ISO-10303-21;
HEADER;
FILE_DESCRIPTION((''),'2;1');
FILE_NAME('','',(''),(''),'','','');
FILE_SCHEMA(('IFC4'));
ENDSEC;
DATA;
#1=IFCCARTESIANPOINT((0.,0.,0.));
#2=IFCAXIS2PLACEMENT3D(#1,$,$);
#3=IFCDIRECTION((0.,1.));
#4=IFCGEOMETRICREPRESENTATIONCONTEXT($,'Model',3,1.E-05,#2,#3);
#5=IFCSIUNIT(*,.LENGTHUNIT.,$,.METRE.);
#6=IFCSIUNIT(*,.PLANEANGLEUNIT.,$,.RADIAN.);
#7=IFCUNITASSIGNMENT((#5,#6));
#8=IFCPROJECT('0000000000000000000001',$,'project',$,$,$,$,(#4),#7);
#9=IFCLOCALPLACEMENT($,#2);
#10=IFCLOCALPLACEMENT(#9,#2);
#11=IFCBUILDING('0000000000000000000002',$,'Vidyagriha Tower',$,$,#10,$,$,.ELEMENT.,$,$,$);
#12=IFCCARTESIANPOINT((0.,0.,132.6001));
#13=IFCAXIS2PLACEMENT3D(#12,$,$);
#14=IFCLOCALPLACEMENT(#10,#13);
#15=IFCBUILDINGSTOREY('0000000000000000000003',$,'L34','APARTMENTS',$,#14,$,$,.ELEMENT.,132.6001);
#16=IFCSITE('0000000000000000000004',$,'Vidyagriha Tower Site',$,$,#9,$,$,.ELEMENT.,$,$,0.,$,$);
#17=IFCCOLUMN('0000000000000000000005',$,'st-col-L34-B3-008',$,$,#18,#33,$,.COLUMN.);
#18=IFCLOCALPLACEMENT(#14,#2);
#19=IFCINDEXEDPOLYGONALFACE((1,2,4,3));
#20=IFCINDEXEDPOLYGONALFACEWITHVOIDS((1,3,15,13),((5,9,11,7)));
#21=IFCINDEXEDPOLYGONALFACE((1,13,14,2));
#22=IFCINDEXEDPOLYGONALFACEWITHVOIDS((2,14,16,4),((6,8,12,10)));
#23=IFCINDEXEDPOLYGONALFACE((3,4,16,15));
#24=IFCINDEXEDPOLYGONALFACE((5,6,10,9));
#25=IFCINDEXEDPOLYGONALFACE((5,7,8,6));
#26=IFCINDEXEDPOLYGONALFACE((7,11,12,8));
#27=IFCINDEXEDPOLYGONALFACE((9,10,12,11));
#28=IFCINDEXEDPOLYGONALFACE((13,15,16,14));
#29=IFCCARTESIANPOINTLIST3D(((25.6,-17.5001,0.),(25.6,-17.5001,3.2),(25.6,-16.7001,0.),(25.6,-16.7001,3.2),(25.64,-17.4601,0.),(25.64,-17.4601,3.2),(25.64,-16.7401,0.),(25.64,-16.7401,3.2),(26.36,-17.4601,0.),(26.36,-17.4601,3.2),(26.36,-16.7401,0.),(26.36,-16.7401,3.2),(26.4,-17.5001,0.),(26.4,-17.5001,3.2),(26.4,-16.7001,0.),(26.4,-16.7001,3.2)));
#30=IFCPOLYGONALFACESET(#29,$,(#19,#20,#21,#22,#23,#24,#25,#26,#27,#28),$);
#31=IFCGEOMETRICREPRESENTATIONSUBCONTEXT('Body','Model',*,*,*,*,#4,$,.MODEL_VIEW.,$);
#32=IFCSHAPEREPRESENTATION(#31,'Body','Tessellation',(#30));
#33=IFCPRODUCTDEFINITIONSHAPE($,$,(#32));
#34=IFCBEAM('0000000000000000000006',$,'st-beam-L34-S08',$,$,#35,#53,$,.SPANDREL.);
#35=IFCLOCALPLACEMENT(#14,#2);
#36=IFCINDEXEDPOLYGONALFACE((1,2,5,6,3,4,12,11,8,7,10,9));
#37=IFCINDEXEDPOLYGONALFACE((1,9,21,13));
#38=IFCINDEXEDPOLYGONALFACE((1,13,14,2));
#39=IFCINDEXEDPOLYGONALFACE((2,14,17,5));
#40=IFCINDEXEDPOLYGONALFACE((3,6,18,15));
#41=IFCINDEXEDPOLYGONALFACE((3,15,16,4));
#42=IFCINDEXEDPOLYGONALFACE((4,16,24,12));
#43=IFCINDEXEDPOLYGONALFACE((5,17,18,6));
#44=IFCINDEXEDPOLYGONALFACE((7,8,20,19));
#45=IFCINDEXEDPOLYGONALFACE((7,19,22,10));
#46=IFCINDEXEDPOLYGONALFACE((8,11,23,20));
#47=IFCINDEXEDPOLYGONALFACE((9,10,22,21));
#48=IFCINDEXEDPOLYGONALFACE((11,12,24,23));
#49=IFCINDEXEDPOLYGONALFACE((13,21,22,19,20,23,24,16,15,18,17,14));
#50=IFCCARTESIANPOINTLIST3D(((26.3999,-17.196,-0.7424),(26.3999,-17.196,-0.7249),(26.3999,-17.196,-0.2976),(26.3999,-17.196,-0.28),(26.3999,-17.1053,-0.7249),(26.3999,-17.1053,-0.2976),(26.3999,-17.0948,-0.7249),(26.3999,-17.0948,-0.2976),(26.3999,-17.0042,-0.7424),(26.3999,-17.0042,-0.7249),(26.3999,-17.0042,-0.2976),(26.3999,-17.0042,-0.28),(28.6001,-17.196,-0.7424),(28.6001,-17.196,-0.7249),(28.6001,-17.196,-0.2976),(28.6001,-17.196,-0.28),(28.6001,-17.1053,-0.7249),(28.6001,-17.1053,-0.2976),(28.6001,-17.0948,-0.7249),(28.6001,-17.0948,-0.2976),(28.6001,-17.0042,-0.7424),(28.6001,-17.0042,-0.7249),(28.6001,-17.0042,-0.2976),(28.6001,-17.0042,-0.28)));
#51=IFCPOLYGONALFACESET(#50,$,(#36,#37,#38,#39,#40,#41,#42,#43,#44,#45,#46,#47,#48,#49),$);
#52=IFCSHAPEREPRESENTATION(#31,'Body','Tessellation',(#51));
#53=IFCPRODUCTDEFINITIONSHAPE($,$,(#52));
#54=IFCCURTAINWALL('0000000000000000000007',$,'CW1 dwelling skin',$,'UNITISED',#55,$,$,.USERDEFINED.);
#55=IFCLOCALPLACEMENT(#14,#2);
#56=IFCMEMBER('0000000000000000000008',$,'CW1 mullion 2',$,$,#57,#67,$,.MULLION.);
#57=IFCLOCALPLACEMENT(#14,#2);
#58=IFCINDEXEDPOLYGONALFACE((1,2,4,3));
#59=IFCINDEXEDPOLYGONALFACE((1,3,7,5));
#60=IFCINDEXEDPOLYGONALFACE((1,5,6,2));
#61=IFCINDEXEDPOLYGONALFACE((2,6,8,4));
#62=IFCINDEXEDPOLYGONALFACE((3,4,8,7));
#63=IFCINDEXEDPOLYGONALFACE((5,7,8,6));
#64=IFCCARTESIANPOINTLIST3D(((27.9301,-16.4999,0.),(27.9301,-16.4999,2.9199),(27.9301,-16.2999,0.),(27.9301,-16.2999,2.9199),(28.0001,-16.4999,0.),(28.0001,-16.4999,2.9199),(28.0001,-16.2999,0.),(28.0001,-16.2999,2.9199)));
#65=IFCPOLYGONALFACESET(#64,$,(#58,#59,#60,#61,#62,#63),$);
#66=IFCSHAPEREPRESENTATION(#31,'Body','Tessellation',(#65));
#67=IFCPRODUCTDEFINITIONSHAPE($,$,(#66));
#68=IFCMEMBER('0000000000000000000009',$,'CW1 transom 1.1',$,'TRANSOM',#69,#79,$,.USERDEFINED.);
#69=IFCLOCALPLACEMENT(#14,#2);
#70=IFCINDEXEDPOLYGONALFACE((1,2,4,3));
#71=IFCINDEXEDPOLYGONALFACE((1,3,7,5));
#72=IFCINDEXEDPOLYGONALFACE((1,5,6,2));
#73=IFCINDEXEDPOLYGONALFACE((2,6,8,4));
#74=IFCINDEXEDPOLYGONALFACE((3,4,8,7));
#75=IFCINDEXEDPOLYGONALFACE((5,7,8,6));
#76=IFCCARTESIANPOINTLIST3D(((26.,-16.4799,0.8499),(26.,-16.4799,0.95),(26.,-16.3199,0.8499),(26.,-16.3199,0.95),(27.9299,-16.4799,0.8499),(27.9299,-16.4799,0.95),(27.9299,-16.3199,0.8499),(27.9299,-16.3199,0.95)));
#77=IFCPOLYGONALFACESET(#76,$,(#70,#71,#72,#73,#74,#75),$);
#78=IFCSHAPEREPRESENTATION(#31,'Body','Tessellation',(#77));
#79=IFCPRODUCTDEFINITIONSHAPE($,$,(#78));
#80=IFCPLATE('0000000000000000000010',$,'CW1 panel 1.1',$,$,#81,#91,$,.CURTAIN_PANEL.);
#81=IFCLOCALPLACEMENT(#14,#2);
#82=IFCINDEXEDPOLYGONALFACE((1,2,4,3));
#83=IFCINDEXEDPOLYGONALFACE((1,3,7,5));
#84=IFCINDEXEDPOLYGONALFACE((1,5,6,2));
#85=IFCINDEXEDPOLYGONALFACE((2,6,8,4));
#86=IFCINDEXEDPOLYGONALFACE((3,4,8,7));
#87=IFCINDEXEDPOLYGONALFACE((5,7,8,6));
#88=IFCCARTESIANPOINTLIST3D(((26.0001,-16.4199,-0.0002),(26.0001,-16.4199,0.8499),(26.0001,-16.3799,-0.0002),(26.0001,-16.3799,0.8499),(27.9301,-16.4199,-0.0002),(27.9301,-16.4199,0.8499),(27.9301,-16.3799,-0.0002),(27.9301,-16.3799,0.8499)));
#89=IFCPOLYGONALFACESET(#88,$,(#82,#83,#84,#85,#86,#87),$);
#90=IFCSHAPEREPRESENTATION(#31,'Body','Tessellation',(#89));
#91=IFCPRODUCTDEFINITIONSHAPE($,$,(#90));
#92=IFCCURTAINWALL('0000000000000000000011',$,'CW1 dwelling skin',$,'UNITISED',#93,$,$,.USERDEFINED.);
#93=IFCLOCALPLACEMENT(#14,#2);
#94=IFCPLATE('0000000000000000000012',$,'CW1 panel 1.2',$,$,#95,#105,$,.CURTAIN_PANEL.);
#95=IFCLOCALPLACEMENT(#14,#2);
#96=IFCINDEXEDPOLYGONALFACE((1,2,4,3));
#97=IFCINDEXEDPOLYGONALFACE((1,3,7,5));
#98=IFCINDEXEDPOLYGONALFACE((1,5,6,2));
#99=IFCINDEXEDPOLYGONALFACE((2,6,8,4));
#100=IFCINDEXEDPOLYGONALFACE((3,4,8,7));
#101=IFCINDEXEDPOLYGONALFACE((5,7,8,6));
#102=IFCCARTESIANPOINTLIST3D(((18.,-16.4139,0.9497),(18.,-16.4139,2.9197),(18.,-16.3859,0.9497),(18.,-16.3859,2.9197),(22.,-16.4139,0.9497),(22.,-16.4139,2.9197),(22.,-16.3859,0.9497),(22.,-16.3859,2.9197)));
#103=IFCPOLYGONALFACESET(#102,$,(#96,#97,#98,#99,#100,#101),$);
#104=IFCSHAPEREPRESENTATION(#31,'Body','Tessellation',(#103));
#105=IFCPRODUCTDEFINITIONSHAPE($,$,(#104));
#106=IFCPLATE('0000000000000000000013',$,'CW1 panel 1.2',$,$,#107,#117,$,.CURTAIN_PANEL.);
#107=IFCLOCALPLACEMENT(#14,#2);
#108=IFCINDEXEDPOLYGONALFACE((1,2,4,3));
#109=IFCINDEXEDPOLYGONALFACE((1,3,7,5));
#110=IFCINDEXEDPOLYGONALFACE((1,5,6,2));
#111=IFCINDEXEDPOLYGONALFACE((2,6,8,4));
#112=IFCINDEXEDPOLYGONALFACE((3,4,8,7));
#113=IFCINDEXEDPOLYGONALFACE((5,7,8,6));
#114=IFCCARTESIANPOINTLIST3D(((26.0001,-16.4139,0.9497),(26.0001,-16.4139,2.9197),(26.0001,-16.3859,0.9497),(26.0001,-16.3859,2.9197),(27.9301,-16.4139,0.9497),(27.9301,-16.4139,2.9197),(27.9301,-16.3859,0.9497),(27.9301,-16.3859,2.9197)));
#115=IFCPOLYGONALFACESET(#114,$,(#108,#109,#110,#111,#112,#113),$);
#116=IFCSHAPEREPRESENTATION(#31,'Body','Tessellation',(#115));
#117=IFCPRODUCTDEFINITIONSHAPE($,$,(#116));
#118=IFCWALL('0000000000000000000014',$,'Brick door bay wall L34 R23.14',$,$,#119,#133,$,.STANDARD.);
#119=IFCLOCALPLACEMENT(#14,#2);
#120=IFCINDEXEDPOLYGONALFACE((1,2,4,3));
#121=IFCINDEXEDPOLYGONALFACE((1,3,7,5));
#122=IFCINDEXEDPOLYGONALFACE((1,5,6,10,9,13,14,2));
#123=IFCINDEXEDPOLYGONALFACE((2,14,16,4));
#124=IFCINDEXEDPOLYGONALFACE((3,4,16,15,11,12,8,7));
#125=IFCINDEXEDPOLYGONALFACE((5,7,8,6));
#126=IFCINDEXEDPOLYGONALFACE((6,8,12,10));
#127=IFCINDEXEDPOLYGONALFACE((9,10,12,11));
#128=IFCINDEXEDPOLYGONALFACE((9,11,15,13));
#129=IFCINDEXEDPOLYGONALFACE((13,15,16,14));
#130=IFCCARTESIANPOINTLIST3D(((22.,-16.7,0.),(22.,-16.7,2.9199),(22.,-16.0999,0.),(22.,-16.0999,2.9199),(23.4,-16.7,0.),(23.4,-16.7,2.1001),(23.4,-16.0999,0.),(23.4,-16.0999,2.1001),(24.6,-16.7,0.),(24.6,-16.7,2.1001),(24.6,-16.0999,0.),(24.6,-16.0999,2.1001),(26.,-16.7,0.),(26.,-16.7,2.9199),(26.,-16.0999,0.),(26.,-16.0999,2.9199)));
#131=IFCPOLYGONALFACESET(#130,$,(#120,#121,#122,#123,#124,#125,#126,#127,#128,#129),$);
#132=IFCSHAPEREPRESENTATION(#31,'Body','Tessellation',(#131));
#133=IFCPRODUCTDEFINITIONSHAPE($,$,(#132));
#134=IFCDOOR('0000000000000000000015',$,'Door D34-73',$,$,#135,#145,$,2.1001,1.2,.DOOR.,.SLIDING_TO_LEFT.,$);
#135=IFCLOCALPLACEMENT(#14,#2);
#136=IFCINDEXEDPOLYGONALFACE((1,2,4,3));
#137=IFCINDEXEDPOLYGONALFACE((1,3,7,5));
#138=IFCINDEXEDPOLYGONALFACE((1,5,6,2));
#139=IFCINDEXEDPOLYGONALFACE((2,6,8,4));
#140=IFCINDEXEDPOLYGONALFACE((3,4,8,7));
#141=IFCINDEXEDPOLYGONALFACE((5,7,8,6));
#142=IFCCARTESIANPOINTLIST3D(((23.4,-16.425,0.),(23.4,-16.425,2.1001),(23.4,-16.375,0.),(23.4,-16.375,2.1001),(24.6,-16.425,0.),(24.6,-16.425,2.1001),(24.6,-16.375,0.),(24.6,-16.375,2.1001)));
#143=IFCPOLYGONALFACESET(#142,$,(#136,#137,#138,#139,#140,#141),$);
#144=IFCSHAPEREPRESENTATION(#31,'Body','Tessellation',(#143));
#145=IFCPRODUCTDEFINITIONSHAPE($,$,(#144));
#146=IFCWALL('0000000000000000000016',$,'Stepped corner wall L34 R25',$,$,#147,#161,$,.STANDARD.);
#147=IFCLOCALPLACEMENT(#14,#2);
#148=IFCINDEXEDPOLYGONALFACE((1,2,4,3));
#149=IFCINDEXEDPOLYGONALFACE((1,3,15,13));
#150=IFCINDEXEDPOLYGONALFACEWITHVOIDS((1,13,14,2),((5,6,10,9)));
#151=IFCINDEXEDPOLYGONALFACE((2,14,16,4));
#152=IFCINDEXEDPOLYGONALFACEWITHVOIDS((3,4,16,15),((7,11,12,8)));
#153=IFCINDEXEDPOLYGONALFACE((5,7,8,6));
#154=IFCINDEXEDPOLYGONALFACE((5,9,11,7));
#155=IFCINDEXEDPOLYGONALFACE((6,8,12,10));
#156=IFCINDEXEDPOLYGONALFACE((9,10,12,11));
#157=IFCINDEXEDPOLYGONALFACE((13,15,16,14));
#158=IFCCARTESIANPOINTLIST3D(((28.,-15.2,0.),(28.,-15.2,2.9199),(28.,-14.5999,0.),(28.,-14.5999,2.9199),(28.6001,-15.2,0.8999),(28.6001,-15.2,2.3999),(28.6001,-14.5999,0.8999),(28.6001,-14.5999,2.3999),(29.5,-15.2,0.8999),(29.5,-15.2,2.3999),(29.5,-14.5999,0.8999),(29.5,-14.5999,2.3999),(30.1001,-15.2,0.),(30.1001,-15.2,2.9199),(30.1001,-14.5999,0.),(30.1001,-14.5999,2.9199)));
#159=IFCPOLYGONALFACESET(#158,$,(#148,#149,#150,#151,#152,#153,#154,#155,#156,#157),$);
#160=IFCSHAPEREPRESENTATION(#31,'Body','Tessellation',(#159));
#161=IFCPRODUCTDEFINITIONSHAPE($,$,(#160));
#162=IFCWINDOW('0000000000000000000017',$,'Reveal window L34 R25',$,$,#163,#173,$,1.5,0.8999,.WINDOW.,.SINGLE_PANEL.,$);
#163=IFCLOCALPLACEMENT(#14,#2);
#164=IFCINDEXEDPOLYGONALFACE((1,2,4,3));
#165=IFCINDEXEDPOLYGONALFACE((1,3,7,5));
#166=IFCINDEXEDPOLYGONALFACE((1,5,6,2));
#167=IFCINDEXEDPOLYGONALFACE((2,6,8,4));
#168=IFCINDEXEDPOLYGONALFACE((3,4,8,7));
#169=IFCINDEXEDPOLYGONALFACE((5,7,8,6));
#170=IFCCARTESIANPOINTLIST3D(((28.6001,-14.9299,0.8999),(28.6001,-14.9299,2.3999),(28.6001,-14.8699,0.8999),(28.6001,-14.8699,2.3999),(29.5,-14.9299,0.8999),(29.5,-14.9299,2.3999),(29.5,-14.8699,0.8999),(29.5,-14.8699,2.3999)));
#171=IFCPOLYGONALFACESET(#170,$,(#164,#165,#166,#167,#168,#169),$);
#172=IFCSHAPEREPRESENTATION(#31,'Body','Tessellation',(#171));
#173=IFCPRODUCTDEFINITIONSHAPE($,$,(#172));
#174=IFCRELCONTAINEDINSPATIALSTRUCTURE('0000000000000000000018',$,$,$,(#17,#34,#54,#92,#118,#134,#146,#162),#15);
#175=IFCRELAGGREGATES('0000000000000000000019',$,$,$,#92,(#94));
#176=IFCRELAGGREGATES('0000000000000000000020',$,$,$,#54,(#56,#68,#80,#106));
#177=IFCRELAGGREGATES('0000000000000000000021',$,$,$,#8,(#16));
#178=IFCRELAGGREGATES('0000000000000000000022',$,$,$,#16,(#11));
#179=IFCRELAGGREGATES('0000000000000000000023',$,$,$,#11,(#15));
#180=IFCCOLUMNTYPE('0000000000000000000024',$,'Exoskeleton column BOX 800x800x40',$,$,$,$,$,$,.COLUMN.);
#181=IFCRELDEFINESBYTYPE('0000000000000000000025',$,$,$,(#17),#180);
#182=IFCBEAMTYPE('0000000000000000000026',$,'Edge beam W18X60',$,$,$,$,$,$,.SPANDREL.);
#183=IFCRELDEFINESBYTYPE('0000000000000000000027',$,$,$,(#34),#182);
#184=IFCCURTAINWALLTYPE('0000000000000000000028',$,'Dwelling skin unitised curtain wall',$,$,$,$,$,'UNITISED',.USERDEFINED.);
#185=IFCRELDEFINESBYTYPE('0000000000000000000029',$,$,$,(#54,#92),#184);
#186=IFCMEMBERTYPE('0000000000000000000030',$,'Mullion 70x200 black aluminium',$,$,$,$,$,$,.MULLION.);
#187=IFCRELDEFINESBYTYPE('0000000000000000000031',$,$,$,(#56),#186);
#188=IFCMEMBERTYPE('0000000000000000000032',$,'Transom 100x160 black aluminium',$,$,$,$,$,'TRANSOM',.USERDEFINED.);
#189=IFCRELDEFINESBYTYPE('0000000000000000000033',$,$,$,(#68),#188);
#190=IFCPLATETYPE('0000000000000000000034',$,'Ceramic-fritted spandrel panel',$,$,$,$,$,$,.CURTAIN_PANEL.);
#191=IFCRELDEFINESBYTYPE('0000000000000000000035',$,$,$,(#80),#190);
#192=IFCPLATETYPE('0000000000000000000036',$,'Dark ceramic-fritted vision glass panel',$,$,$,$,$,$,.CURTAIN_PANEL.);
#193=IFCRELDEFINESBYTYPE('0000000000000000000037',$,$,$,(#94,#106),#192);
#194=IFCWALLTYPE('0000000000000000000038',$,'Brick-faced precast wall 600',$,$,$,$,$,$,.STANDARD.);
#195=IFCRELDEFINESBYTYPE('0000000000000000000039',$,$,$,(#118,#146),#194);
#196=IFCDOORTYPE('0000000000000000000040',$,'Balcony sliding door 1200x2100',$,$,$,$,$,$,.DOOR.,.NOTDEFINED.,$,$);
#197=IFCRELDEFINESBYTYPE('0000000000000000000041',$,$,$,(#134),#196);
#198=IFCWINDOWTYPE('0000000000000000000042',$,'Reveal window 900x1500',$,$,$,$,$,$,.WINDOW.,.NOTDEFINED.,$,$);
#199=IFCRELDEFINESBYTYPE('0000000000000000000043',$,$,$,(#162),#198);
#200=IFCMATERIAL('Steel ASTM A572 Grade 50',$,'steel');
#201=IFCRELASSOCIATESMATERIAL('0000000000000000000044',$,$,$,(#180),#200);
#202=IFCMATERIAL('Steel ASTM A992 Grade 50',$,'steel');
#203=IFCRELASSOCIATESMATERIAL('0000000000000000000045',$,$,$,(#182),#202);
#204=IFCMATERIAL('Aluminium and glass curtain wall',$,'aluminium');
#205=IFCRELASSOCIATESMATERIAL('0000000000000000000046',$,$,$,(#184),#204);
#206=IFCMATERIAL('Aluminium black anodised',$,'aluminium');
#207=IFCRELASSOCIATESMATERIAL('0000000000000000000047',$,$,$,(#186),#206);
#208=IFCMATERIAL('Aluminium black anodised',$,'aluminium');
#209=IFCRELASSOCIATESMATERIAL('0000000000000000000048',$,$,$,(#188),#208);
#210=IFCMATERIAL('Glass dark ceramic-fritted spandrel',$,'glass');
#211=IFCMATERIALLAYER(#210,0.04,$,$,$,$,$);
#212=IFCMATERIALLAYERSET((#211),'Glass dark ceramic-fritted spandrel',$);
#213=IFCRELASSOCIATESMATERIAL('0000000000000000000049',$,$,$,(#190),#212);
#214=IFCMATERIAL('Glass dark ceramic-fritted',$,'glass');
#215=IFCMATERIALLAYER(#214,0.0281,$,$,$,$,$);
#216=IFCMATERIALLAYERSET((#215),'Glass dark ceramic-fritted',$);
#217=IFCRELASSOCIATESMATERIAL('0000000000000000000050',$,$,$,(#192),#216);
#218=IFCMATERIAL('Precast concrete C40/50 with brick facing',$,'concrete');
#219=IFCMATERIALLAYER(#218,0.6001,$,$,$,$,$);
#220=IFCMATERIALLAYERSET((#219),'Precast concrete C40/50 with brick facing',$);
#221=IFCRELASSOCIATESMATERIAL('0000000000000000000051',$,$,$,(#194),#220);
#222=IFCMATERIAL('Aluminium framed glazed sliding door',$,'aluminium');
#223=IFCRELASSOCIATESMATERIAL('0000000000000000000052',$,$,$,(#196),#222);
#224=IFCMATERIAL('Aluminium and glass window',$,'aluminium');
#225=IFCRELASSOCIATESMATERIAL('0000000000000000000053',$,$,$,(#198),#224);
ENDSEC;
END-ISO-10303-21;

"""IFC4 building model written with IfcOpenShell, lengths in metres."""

from ifc_helpers import new_model, si_unit, direction, frame, frame_2d, origin, origin_2d, place, context, subcontext, project, spatial, rectangle, hollow_rectangle, i_section, extrude, material, layer, layer_set, material_profile, profile_set, type_object, element, fill, aggregate, save


model = new_model("IFC4")

# Units and contexts
model_context = context("Model", 3, precision=1e-05, world=origin(), true_north=direction((0.0, 1.0)))
body_context = subcontext(model_context, "Body", "Model", "MODEL_VIEW")
ifc_project = project(units=[si_unit("LENGTHUNIT", "METRE"), si_unit("PLANEANGLEUNIT", "RADIAN")], contexts=[model_context])

# Site, building, storey
site_placement = place(None, origin())
site = spatial("IfcSite", under=ifc_project, at=site_placement, Name="Vidyagriha Tower Site", CompositionType="ELEMENT", RefElevation=0.0)
building_placement = place(site_placement, origin())
building = spatial("IfcBuilding", under=site, at=building_placement, Name="Vidyagriha Tower", CompositionType="ELEMENT")
storey_placement = place(building_placement, frame((0.0, 0.0, 132.6001)))
storey = spatial("IfcBuildingStorey", under=building, at=storey_placement, Name="L34", Description="APARTMENTS", CompositionType="ELEMENT", Elevation=132.6001)

# Column
ifc_material_1 = material(Name="Steel ASTM A572 Grade 50", Category="steel")
ifc_material_profile_1 = material_profile(ifc_material_1, hollow_rectangle(XDim=0.8, YDim=0.8, WallThickness=0.04, at=origin_2d()), Name="BOX 800x800x40")
ifc_profile_set_1 = profile_set([ifc_material_profile_1], Name="Steel ASTM A572 Grade 50")
column_type = type_object("IfcColumnType", Name="Exoskeleton column BOX 800x800x40", PredefinedType="COLUMN", material=ifc_profile_set_1)
column_placement = place(storey_placement, frame((26.0, -17.1001, 0.0)))
element("IfcColumn", 1, at=column_placement, inside=storey, type_object=column_type, Name="st-col-L34-B3-008", PredefinedType="COLUMN", context=body_context, shape_type="SweptSolid", body=[
    extrude(hollow_rectangle(XDim=0.8, YDim=0.8, WallThickness=0.04, at=origin_2d()), origin(), (0.0, 0.0, 1.0), 3.2),
])

# Beam
ifc_material_2 = material(Name="Steel ASTM A992 Grade 50", Category="steel")
ifc_material_profile_2 = material_profile(ifc_material_2, i_section(OverallWidth=0.1919, OverallDepth=0.4624, WebThickness=0.0105, FlangeThickness=0.0176, at=origin_2d()), Name="W18X60")
ifc_profile_set_2 = profile_set([ifc_material_profile_2], Name="Steel ASTM A992 Grade 50")
beam_type = type_object("IfcBeamType", Name="Edge beam W18X60", PredefinedType="SPANDREL", material=ifc_profile_set_2)
beam_placement = place(storey_placement, frame((26.3999, -17.1001, -0.5112), z_axis=(1.0, 0.0, 0.0), x_axis=(0.0, 1.0, 0.0)))
element("IfcBeam", 2, at=beam_placement, inside=storey, type_object=beam_type, Name="st-beam-L34-S08", PredefinedType="SPANDREL", context=body_context, shape_type="SweptSolid", body=[
    extrude(i_section(OverallWidth=0.1919, OverallDepth=0.4624, WebThickness=0.0105, FlangeThickness=0.0176, at=origin_2d()), origin(), (0.0, 0.0, 1.0), 2.2002),
])

# Curtain wall, members, plate
ifc_material_3 = material(Name="Aluminium and glass curtain wall", Category="aluminium")
curtain_wall_type = type_object("IfcCurtainWallType", Name="Dwelling skin unitised curtain wall", ElementType="UNITISED", PredefinedType="USERDEFINED", material=ifc_material_3)
curtain_wall_1_placement = place(storey_placement, origin())
curtain_wall_1 = element("IfcCurtainWall", 3, at=curtain_wall_1_placement, inside=storey, type_object=curtain_wall_type, Name="CW1 dwelling skin", ObjectType="UNITISED", PredefinedType="USERDEFINED")
ifc_material_4 = material(Name="Aluminium black anodised", Category="aluminium")
ifc_material_profile_3 = material_profile(ifc_material_4, rectangle(XDim=0.2, YDim=0.0701, at=origin_2d()), Name="Mullion 70x200 black aluminium")
ifc_profile_set_3 = profile_set([ifc_material_profile_3], Name="Aluminium black anodised")
member_type_1 = type_object("IfcMemberType", Name="Mullion 70x200 black aluminium", PredefinedType="MULLION", material=ifc_profile_set_3)
member_1_placement = place(storey_placement, frame((27.9651, -16.3999, 0.0), z_axis=(0.0, 0.0, 1.0), x_axis=(0.0, 1.0, 0.0)))
member_1 = element("IfcMember", 4, at=member_1_placement, type_object=member_type_1, Name="CW1 mullion 2", PredefinedType="MULLION", context=body_context, shape_type="SweptSolid", body=[
    extrude(rectangle(XDim=0.2, YDim=0.0701, at=origin_2d()), origin(), (0.0, 0.0, 1.0), 2.9199),
])
ifc_material_5 = material(Name="Aluminium black anodised", Category="aluminium")
ifc_material_profile_4 = material_profile(ifc_material_5, rectangle(XDim=0.1599, YDim=0.1001, at=origin_2d()), Name="Transom 100x160 black aluminium")
ifc_profile_set_4 = profile_set([ifc_material_profile_4], Name="Aluminium black anodised")
member_type_2 = type_object("IfcMemberType", Name="Transom 100x160 black aluminium", ElementType="TRANSOM", PredefinedType="USERDEFINED", material=ifc_profile_set_4)
member_2_placement = place(storey_placement, frame((26.0, -16.3999, 0.8999), z_axis=(1.0, 0.0, 0.0), x_axis=(0.0, 1.0, 0.0)))
member_2 = element("IfcMember", 5, at=member_2_placement, type_object=member_type_2, Name="CW1 transom 1.1", ObjectType="TRANSOM", PredefinedType="USERDEFINED", context=body_context, shape_type="SweptSolid", body=[
    extrude(rectangle(XDim=0.1599, YDim=0.1001, at=origin_2d()), origin(), (0.0, 0.0, 1.0), 1.9299),
])
ifc_material_6 = material(Name="Glass dark ceramic-fritted spandrel", Category="glass")
ifc_layer_1 = layer(ifc_material_6, 0.04)
ifc_layer_set_1 = layer_set([ifc_layer_1], Name="Glass dark ceramic-fritted spandrel")
plate_type_1 = type_object("IfcPlateType", Name="Ceramic-fritted spandrel panel", PredefinedType="CURTAIN_PANEL", material=ifc_layer_set_1)
plate_1_placement = place(storey_placement, frame((26.9651, -16.3999, -0.0002)))
plate_1 = element("IfcPlate", 6, at=plate_1_placement, type_object=plate_type_1, Name="CW1 panel 1.1", PredefinedType="CURTAIN_PANEL", context=body_context, shape_type="SweptSolid", body=[
    extrude(rectangle(XDim=1.9299, YDim=0.04, at=origin_2d()), origin(), (0.0, 0.0, 1.0), 0.8501),
])

# Curtain wall, plate
curtain_wall_2_placement = place(storey_placement, origin())
curtain_wall_2 = element("IfcCurtainWall", 7, at=curtain_wall_2_placement, inside=storey, type_object=curtain_wall_type, Name="CW1 dwelling skin", ObjectType="UNITISED", PredefinedType="USERDEFINED")
ifc_material_7 = material(Name="Glass dark ceramic-fritted", Category="glass")
ifc_layer_2 = layer(ifc_material_7, 0.0281)
ifc_layer_set_2 = layer_set([ifc_layer_2], Name="Glass dark ceramic-fritted")
plate_type_2 = type_object("IfcPlateType", Name="Dark ceramic-fritted vision glass panel", PredefinedType="CURTAIN_PANEL", material=ifc_layer_set_2)
plate_2_placement = place(storey_placement, frame((20.0, -16.3999, 0.9497)))
plate_2 = element("IfcPlate", 8, at=plate_2_placement, type_object=plate_type_2, Name="CW1 panel 1.2", PredefinedType="CURTAIN_PANEL", context=body_context, shape_type="SweptSolid", body=[
    extrude(rectangle(XDim=4.0, YDim=0.0281, at=origin_2d()), origin(), (0.0, 0.0, 1.0), 1.97),
])
aggregate(curtain_wall_2, [plate_2])

# Plate
plate_3_placement = place(storey_placement, frame((26.9651, -16.3999, 0.9497)))
plate_3 = element("IfcPlate", 9, at=plate_3_placement, type_object=plate_type_2, Name="CW1 panel 1.2", PredefinedType="CURTAIN_PANEL", context=body_context, shape_type="SweptSolid", body=[
    extrude(rectangle(XDim=1.9299, YDim=0.0281, at=origin_2d()), origin(), (0.0, 0.0, 1.0), 1.97),
])
aggregate(curtain_wall_1, [member_1, member_2, plate_1, plate_3])

# Wall, opening, door
ifc_material_8 = material(Name="Precast concrete C40/50 with brick facing", Category="concrete")
ifc_layer_3 = layer(ifc_material_8, 0.6001)
ifc_layer_set_3 = layer_set([ifc_layer_3], Name="Precast concrete C40/50 with brick facing")
wall_type_1 = type_object("IfcWallType", Name="Brick-faced precast wall 600", PredefinedType="STANDARD", material=ifc_layer_set_3)
wall_1_placement = place(storey_placement, frame((22.0, -16.3999, 0.0)))
wall_1 = element("IfcWall", 10, at=wall_1_placement, inside=storey, type_object=wall_type_1, Name="Brick door bay wall L34 R23.14", PredefinedType="STANDARD", context=body_context, shape_type="SweptSolid", body=[
    extrude(rectangle(XDim=4.0, YDim=0.6001, at=frame_2d((2.0, 0.0))), origin(), (0.0, 0.0, 1.0), 2.9199),
])
opening_1_placement = place(wall_1_placement, frame((1.3999, 0.0, 0.0)))
opening_1 = element("IfcOpeningElement", 11, at=opening_1_placement, cuts=wall_1, PredefinedType="OPENING", context=body_context, shape_type="SweptSolid", body=[
    extrude(rectangle(XDim=1.2, YDim=2.1001, at=frame_2d((0.6001, 1.05))), frame((0.0, 0.3101, 0.0), z_axis=(0.0, -1.0, 0.0), x_axis=(1.0, 0.0, 0.0)), (0.0, 0.0, 1.0), 0.6201),
])
ifc_material_9 = material(Name="Aluminium framed glazed sliding door", Category="aluminium")
door_type = type_object("IfcDoorType", Name="Balcony sliding door 1200x2100", OperationType="NOTDEFINED", PredefinedType="DOOR", material=ifc_material_9)
door_placement = place(opening_1_placement, origin())
door = element("IfcDoor", 12, at=door_placement, inside=storey, type_object=door_type, Name="Door D34-73", OperationType="SLIDING_TO_LEFT", OverallHeight=2.1001, OverallWidth=1.2, PredefinedType="DOOR", context=body_context, shape_type="SweptSolid", body=[
    extrude(rectangle(XDim=1.2, YDim=2.1001, at=frame_2d((0.6001, 1.05))), frame((0.0, 0.0249, 0.0), z_axis=(0.0, -1.0, 0.0), x_axis=(1.0, 0.0, 0.0)), (0.0, 0.0, 1.0), 0.05),
])
fill(opening_1, door)

# Wall, opening, window
wall_2_placement = place(storey_placement, frame((28.0, -14.8999, 0.0)))
wall_2 = element("IfcWall", 13, at=wall_2_placement, inside=storey, type_object=wall_type_1, Name="Stepped corner wall L34 R25", PredefinedType="STANDARD", context=body_context, shape_type="SweptSolid", body=[
    extrude(rectangle(XDim=2.1001, YDim=0.6001, at=frame_2d((1.05, 0.0))), origin(), (0.0, 0.0, 1.0), 2.9199),
])
opening_2_placement = place(wall_2_placement, frame((0.6001, 0.0, 0.8999)))
opening_2 = element("IfcOpeningElement", 14, at=opening_2_placement, cuts=wall_2, PredefinedType="OPENING", context=body_context, shape_type="SweptSolid", body=[
    extrude(rectangle(XDim=0.8999, YDim=1.5, at=frame_2d((0.45, 0.75))), frame((0.0, 0.3101, 0.0), z_axis=(0.0, -1.0, 0.0), x_axis=(1.0, 0.0, 0.0)), (0.0, 0.0, 1.0), 0.6201),
])
ifc_material_10 = material(Name="Aluminium and glass window", Category="aluminium")
window_type = type_object("IfcWindowType", Name="Reveal window 900x1500", PartitioningType="NOTDEFINED", PredefinedType="WINDOW", material=ifc_material_10)
window_placement = place(opening_2_placement, origin())
window = element("IfcWindow", 15, at=window_placement, inside=storey, type_object=window_type, Name="Reveal window L34 R25", OverallHeight=1.5, OverallWidth=0.8999, PartitioningType="SINGLE_PANEL", PredefinedType="WINDOW", context=body_context, shape_type="SweptSolid", body=[
    extrude(rectangle(XDim=0.8999, YDim=1.5, at=frame_2d((0.45, 0.75))), frame((0.0, 0.03, 0.0), z_axis=(0.0, -1.0, 0.0), x_axis=(1.0, 0.0, 0.0)), (0.0, 0.0, 1.0), 0.0601),
])
fill(opening_2, window)

save(model, "model.ifc")
